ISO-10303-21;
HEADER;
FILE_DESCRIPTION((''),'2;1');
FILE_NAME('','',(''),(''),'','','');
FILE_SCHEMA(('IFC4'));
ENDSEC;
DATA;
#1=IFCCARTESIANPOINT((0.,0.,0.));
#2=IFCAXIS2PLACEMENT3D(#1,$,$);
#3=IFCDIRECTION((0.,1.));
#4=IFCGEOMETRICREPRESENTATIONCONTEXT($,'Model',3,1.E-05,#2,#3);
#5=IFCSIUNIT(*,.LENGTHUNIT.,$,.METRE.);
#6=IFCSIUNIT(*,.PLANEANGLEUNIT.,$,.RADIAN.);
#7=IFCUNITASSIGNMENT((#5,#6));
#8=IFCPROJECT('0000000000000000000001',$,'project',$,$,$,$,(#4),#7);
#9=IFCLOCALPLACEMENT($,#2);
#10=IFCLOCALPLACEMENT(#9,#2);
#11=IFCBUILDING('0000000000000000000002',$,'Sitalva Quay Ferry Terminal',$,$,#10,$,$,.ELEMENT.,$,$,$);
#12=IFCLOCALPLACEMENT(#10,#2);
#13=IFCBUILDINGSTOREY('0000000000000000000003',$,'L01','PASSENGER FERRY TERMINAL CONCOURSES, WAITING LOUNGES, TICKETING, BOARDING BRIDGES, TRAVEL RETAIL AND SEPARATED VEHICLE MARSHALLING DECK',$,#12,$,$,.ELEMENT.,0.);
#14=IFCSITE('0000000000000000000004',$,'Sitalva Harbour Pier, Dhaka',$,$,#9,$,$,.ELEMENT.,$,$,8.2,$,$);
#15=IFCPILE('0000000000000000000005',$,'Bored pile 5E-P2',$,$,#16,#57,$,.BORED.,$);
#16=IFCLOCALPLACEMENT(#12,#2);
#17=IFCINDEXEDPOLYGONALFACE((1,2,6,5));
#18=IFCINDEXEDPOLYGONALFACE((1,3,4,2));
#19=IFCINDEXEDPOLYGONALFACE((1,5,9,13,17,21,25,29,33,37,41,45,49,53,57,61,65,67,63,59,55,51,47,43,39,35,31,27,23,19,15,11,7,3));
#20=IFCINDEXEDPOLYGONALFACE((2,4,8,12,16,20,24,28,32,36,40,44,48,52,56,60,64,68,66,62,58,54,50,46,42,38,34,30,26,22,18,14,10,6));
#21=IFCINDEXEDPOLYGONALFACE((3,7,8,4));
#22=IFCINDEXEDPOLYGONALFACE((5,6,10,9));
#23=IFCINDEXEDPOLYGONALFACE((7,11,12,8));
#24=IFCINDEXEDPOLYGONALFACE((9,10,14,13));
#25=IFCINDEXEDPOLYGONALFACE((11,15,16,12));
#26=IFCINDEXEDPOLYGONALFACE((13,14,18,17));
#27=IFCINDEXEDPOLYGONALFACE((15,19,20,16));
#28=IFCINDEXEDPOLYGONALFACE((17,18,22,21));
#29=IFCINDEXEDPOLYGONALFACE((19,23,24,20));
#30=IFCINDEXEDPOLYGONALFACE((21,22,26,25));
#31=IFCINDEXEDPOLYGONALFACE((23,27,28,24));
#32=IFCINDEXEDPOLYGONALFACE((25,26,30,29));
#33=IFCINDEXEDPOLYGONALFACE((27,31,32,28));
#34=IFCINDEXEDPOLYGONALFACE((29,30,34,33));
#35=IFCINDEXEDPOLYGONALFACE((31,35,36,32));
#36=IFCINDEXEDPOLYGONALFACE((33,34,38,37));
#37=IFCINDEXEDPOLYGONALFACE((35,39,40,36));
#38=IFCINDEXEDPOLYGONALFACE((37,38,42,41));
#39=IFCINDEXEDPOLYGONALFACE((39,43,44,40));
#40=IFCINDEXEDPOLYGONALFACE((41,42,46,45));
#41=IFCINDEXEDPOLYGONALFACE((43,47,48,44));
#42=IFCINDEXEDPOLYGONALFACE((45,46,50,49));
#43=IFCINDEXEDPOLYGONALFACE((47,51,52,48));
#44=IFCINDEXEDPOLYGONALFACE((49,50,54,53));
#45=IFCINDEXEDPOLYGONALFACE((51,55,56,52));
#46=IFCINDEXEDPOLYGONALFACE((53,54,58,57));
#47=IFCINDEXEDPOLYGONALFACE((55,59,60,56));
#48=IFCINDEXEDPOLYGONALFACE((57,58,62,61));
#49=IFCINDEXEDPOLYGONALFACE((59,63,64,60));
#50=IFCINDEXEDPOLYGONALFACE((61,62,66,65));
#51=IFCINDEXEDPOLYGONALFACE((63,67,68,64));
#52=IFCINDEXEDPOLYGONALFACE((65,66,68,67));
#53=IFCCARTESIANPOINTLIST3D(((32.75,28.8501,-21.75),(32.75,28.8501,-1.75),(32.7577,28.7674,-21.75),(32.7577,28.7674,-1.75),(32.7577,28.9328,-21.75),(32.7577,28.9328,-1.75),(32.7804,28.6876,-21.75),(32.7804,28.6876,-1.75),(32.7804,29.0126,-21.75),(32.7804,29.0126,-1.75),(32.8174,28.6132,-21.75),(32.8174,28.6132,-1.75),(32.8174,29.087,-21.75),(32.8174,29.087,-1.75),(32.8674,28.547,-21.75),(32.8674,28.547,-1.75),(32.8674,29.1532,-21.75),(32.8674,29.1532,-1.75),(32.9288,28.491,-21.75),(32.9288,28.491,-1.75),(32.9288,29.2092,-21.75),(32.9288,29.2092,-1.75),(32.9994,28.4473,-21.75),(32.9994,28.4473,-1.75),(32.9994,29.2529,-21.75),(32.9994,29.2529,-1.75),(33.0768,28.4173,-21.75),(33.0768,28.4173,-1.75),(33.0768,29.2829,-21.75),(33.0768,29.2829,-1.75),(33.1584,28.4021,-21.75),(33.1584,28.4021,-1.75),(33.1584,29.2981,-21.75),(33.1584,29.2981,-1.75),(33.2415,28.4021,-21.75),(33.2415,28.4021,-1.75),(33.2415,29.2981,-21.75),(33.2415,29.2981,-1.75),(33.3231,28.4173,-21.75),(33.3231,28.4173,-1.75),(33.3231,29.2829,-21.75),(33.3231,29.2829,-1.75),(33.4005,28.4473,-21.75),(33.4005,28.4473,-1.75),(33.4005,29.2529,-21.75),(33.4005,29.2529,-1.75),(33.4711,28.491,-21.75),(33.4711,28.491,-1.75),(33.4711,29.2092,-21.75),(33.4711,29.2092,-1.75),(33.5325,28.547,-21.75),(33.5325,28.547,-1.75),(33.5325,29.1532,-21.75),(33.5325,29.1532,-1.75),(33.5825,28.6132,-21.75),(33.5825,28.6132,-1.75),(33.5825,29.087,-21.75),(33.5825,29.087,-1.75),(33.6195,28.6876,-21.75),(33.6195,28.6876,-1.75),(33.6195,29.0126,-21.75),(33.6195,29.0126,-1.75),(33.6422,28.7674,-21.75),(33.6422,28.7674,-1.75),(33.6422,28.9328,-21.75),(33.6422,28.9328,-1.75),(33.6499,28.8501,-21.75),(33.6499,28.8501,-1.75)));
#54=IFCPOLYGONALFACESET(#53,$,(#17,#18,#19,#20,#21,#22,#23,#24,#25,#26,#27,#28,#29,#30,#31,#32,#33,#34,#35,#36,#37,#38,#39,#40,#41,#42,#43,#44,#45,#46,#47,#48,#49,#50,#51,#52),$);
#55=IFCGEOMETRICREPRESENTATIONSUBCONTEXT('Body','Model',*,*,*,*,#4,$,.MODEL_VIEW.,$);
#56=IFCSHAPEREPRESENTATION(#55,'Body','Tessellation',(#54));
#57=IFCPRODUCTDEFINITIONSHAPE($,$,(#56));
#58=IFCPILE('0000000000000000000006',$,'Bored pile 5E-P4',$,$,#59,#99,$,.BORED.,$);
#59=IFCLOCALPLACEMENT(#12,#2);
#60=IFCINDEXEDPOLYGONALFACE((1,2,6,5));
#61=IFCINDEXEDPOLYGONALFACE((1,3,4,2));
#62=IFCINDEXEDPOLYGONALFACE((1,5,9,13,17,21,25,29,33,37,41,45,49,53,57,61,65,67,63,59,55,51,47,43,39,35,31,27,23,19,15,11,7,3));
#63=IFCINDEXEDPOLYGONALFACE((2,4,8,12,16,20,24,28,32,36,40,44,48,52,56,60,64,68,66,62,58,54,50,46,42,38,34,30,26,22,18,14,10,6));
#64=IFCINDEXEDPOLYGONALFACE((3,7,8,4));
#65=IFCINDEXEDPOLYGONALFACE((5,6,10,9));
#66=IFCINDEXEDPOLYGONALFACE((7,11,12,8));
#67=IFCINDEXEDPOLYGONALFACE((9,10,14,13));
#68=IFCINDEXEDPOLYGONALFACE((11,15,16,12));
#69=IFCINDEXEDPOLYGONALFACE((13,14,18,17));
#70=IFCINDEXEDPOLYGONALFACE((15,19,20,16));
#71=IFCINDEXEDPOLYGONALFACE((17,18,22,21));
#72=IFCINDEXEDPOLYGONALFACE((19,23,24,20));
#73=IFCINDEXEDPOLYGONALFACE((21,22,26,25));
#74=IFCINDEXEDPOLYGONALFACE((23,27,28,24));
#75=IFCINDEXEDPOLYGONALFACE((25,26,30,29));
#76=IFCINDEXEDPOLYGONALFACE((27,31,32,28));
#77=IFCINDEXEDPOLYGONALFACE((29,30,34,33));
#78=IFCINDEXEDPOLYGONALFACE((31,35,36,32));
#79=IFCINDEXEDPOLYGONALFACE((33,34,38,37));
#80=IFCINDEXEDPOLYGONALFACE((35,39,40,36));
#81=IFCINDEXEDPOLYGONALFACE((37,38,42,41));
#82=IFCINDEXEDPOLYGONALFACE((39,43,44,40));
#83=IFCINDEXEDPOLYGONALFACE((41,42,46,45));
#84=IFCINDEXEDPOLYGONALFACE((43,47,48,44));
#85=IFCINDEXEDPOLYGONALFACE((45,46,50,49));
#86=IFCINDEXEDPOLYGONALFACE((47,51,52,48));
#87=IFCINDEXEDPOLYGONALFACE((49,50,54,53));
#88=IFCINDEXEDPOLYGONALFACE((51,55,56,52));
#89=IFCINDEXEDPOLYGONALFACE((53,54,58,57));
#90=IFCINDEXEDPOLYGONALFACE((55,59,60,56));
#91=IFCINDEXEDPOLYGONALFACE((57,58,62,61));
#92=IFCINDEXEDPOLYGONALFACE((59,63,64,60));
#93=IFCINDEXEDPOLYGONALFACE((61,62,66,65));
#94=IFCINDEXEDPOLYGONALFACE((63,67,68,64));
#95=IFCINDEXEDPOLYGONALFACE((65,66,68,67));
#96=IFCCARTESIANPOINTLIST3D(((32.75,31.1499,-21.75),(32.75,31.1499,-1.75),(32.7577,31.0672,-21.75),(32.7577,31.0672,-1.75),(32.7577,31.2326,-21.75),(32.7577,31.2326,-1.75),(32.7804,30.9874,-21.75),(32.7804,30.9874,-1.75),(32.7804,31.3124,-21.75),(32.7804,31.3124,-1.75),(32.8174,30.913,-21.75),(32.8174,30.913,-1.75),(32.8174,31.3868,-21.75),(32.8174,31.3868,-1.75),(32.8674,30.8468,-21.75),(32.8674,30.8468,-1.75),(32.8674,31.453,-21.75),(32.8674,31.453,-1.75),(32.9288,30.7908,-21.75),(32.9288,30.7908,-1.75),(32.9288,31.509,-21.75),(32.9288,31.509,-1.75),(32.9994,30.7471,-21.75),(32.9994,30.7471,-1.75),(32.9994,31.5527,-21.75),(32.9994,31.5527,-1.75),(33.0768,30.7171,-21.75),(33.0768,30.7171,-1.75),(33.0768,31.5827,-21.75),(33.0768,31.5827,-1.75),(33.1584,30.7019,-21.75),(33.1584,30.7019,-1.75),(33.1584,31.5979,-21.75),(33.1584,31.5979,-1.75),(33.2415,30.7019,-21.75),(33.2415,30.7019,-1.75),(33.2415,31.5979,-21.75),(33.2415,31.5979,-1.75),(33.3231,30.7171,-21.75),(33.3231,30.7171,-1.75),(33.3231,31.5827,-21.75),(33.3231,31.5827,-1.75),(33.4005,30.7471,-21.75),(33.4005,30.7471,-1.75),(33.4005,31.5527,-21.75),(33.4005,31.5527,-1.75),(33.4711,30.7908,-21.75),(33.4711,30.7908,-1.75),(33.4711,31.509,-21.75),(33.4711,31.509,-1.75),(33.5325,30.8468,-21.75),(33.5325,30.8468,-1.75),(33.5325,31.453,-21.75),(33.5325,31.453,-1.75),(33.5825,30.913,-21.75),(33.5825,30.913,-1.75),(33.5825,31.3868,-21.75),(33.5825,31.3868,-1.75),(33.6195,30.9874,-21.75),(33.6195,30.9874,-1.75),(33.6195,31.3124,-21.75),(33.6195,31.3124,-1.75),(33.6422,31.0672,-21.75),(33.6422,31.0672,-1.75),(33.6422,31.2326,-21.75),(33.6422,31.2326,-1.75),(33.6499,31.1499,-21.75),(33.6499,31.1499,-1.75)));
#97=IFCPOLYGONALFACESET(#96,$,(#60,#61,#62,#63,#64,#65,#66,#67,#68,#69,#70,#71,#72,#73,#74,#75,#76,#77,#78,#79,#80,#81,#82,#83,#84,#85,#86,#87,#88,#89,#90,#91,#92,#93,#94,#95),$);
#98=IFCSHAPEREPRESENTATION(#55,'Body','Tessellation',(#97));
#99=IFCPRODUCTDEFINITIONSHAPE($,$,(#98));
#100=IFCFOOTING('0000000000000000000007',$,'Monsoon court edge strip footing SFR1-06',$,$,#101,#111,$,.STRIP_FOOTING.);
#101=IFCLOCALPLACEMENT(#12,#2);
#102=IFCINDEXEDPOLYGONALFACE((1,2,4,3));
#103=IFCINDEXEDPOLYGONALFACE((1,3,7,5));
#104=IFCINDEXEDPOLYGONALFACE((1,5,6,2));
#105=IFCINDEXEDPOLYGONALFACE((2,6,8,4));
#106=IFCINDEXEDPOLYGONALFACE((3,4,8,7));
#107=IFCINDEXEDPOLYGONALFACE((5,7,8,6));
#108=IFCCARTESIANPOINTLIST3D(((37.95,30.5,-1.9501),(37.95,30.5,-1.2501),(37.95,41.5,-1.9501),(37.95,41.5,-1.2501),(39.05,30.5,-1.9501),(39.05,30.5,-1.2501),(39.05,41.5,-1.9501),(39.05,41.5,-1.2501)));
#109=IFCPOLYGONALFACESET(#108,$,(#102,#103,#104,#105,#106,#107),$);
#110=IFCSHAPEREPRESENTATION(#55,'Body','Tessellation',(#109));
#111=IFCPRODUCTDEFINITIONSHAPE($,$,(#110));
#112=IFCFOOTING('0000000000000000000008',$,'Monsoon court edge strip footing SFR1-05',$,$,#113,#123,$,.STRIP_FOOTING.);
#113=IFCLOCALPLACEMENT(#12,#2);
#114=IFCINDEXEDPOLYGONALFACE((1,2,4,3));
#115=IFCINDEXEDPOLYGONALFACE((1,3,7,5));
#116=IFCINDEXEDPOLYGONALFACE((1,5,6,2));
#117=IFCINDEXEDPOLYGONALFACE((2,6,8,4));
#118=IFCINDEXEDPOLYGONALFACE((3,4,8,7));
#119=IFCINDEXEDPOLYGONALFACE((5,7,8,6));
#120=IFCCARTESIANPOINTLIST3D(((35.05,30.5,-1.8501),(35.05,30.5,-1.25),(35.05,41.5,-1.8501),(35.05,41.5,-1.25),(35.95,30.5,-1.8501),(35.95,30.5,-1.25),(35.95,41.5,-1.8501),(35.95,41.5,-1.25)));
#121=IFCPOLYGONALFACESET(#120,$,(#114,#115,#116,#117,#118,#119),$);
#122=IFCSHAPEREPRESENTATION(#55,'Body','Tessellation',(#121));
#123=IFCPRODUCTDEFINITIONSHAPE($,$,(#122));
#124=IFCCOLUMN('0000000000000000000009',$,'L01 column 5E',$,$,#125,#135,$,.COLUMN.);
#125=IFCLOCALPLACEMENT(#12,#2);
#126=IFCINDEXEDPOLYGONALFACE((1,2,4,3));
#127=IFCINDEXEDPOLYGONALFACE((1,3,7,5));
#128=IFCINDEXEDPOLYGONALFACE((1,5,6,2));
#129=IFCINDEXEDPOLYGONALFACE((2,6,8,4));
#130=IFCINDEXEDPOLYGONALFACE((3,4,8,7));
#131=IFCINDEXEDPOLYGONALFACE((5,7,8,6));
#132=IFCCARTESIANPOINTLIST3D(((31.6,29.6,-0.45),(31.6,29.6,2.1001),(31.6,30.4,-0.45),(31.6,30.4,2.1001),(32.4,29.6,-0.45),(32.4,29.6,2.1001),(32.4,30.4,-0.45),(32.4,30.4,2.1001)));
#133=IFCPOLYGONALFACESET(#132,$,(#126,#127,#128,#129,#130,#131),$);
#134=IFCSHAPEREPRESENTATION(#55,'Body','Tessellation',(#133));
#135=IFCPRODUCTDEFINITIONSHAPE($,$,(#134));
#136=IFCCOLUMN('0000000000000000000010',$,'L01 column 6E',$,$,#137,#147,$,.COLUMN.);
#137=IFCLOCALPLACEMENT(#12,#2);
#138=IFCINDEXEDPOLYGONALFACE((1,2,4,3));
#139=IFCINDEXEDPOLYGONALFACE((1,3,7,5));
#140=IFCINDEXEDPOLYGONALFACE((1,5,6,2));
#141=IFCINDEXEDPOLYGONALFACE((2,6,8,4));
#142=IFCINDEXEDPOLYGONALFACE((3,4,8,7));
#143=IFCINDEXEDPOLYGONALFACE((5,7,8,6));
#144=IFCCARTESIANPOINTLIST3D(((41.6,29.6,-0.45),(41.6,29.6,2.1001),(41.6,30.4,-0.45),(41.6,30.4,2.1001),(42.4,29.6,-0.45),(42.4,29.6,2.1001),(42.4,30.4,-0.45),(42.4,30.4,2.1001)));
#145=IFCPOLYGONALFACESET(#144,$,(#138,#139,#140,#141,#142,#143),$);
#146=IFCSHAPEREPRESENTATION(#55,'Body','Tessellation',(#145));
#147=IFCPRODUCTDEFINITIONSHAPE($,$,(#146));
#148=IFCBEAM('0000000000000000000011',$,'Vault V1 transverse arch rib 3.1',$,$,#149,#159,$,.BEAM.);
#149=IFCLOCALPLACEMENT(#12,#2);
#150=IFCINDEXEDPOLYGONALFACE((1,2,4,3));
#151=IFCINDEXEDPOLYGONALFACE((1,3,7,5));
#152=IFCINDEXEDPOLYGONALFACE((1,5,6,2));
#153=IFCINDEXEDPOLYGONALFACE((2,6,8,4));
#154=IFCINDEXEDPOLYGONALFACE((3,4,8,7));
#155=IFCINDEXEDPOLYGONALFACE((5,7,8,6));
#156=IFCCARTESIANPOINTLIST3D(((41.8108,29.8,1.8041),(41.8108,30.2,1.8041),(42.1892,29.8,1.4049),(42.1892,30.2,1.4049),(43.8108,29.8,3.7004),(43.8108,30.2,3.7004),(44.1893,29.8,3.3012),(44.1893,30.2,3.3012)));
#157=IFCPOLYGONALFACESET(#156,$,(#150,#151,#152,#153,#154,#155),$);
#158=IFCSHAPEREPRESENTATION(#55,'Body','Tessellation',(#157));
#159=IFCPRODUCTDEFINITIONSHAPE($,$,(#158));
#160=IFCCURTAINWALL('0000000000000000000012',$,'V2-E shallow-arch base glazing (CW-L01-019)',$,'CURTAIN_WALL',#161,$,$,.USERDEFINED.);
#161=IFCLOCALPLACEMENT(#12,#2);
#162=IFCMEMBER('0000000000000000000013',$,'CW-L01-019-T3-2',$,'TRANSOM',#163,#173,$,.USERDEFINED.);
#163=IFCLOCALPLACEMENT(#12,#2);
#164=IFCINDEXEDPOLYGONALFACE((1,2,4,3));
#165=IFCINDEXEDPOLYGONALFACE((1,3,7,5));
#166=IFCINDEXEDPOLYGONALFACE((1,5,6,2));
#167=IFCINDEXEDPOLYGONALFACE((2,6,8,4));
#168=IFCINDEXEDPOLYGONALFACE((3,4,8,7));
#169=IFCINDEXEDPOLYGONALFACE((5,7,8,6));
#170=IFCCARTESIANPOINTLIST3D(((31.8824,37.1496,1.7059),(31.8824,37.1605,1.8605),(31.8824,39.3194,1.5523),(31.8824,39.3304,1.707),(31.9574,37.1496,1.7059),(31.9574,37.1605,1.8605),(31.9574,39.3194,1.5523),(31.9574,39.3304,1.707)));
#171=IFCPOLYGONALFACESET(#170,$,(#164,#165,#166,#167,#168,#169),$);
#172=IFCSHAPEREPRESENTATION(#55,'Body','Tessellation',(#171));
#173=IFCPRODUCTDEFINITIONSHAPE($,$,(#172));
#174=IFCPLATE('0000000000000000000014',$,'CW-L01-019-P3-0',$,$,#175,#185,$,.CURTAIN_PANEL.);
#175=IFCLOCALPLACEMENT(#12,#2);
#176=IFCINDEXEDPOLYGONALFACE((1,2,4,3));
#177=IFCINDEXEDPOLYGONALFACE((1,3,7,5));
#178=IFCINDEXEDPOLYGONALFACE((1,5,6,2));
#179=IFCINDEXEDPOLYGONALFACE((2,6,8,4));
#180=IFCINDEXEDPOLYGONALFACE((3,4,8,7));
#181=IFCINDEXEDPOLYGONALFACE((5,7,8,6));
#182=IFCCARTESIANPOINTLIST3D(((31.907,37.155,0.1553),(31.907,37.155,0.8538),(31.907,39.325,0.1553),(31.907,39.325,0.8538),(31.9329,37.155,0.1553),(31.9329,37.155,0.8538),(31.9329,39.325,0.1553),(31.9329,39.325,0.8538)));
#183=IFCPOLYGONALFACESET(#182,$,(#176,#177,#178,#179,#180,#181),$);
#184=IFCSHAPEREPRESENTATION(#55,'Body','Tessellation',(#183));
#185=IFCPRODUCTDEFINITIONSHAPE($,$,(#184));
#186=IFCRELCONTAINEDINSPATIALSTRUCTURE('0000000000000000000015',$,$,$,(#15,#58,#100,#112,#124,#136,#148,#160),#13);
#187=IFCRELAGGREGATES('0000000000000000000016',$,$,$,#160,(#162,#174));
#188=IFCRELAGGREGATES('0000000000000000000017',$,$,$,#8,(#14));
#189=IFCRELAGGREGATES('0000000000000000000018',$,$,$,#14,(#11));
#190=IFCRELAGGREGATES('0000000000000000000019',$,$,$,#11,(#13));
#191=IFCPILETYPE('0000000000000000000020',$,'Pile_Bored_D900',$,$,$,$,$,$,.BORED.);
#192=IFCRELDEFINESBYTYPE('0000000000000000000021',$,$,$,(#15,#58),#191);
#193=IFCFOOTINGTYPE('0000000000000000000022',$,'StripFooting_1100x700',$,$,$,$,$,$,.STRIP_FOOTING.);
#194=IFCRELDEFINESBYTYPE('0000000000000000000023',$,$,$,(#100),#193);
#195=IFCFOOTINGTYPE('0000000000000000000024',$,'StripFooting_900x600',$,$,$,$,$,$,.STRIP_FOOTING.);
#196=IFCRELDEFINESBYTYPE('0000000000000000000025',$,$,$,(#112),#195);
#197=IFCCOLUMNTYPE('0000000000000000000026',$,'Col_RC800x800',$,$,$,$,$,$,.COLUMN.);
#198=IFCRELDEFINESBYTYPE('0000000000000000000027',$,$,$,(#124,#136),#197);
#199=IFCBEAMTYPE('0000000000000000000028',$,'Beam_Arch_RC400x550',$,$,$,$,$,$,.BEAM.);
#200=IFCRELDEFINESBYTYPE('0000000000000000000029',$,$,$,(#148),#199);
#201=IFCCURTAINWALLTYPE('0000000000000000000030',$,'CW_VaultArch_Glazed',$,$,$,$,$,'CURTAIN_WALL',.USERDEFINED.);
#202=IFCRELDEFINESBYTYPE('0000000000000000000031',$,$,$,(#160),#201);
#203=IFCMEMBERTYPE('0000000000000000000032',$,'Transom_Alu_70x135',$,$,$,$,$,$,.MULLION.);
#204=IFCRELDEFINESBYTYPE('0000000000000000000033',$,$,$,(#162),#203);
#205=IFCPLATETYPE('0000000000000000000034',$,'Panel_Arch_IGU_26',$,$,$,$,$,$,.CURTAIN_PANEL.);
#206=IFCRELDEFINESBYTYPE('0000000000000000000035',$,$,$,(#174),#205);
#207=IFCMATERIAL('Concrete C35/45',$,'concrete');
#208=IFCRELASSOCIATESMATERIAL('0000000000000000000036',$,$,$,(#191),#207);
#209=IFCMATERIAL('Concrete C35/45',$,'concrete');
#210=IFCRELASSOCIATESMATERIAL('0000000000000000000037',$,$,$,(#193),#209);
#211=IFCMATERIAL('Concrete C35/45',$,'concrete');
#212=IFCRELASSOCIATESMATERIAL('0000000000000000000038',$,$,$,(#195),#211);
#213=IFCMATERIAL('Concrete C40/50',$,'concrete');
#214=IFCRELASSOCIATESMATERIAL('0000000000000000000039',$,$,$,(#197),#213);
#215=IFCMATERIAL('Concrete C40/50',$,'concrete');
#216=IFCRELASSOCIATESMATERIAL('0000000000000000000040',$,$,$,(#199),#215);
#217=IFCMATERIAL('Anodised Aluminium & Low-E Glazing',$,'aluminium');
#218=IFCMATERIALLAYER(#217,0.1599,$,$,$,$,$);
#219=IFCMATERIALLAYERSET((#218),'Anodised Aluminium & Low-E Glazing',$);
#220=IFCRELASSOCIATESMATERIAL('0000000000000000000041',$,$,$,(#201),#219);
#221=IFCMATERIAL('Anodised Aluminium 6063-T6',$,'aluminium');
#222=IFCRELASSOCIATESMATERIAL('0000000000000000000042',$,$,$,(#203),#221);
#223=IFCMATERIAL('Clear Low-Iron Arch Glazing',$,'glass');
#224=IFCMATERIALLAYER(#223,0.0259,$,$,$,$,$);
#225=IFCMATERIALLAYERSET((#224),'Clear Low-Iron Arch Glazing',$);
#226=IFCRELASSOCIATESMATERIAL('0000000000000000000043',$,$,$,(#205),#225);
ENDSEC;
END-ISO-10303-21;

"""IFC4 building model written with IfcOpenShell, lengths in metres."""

from ifc_helpers import new_model, si_unit, direction, frame, origin, origin_2d, place, context, subcontext, project, spatial, rectangle, circle, extrude, material, layer, layer_set, material_profile, profile_set, type_object, element, aggregate, save


model = new_model("IFC4")

# Units and contexts
model_context = context("Model", 3, precision=1e-05, world=origin(), true_north=direction((0.0, 1.0)))
body_context = subcontext(model_context, "Body", "Model", "MODEL_VIEW")
ifc_project = project(units=[si_unit("LENGTHUNIT", "METRE"), si_unit("PLANEANGLEUNIT", "RADIAN")], contexts=[model_context])

# Site, building, storey
site_placement = place(None, origin())
site = spatial("IfcSite", under=ifc_project, at=site_placement, Name="Sitalva Harbour Pier, Dhaka", CompositionType="ELEMENT", RefElevation=8.2)
building_placement = place(site_placement, origin())
building = spatial("IfcBuilding", under=site, at=building_placement, Name="Sitalva Quay Ferry Terminal", CompositionType="ELEMENT")
storey_placement = place(building_placement, origin())
storey = spatial("IfcBuildingStorey", under=building, at=storey_placement, Name="L01", Description="PASSENGER FERRY TERMINAL CONCOURSES, WAITING LOUNGES, TICKETING, BOARDING BRIDGES, TRAVEL RETAIL AND SEPARATED VEHICLE MARSHALLING DECK", CompositionType="ELEMENT", Elevation=0.0)

# Piles
ifc_material_1 = material(Name="Concrete C35/45", Category="concrete")
ifc_material_profile_1 = material_profile(ifc_material_1, circle(Radius=0.45, at=origin_2d()), Name="PILE-D900")
ifc_profile_set_1 = profile_set([ifc_material_profile_1], Name="Concrete C35/45")
pile_type_1 = type_object("IfcPileType", Name="Pile_Bored_D900", PredefinedType="BORED", material=ifc_profile_set_1)
for number, where, z_axis, x_axis, name in (
    (1, (33.2, 28.8501, -1.75), (0.0, 0.0, -1.0), (1.0, 0.0, 0.0), "Bored pile 5E-P2"),
    (2, (33.2, 31.1499, -1.75), (0.0, 0.0, -1.0), (1.0, 0.0, 0.0), "Bored pile 5E-P4"),
):
    element("IfcPile", number, at=place(storey_placement, frame(where, z_axis=z_axis, x_axis=x_axis)), inside=storey, type_object=pile_type_1, Name=name, PredefinedType="BORED", context=body_context, shape_type="SweptSolid", body=[
        extrude(circle(Radius=0.45, at=origin_2d()), origin(), (0.0, 0.0, 1.0), 20.0),
    ])

# Footings
ifc_material_2 = material(Name="Concrete C35/45", Category="concrete")
ifc_material_profile_2 = material_profile(ifc_material_2, rectangle(XDim=1.1001, YDim=0.7, at=origin_2d()), Name="RC1100x700")
ifc_profile_set_2 = profile_set([ifc_material_profile_2], Name="Concrete C35/45")
footing_type_1 = type_object("IfcFootingType", Name="StripFooting_1100x700", PredefinedType="STRIP_FOOTING", material=ifc_profile_set_2)
footing_1_placement = place(storey_placement, frame((38.5, 30.5, -1.6001), z_axis=(0.0, 1.0, 0.0), x_axis=(-1.0, 0.0, 0.0)))
element("IfcFooting", 3, at=footing_1_placement, inside=storey, type_object=footing_type_1, Name="Monsoon court edge strip footing SFR1-06", PredefinedType="STRIP_FOOTING", context=body_context, shape_type="SweptSolid", body=[
    extrude(rectangle(XDim=1.1001, YDim=0.7, at=origin_2d()), origin(), (0.0, 0.0, 1.0), 11.0),
])
ifc_material_3 = material(Name="Concrete C35/45", Category="concrete")
ifc_material_profile_3 = material_profile(ifc_material_3, rectangle(XDim=0.8999, YDim=0.6001, at=origin_2d()), Name="RC900x600")
ifc_profile_set_3 = profile_set([ifc_material_profile_3], Name="Concrete C35/45")
footing_type_2 = type_object("IfcFootingType", Name="StripFooting_900x600", PredefinedType="STRIP_FOOTING", material=ifc_profile_set_3)
footing_2_placement = place(storey_placement, frame((35.5, 30.5, -1.55), z_axis=(0.0, 1.0, 0.0), x_axis=(-1.0, 0.0, 0.0)))
element("IfcFooting", 4, at=footing_2_placement, inside=storey, type_object=footing_type_2, Name="Monsoon court edge strip footing SFR1-05", PredefinedType="STRIP_FOOTING", context=body_context, shape_type="SweptSolid", body=[
    extrude(rectangle(XDim=0.8999, YDim=0.6001, at=origin_2d()), origin(), (0.0, 0.0, 1.0), 11.0),
])

# Columns
ifc_material_4 = material(Name="Concrete C40/50", Category="concrete")
ifc_material_profile_4 = material_profile(ifc_material_4, rectangle(XDim=0.8, YDim=0.8, at=origin_2d()), Name="RC800x800")
ifc_profile_set_4 = profile_set([ifc_material_profile_4], Name="Concrete C40/50")
column_type = type_object("IfcColumnType", Name="Col_RC800x800", PredefinedType="COLUMN", material=ifc_profile_set_4)
for number, where, z_axis, x_axis, name in (
    (5, (32.0, 30.0, -0.45), (0.0, 0.0, 1.0), (1.0, 0.0, 0.0), "L01 column 5E"),
    (6, (42.0, 30.0, -0.45), (0.0, 0.0, 1.0), (1.0, 0.0, 0.0), "L01 column 6E"),
):
    element("IfcColumn", number, at=place(storey_placement, frame(where, z_axis=z_axis, x_axis=x_axis)), inside=storey, type_object=column_type, Name=name, PredefinedType="COLUMN", context=body_context, shape_type="SweptSolid", body=[
        extrude(rectangle(XDim=0.8, YDim=0.8, at=origin_2d()), origin(), (0.0, 0.0, 1.0), 2.55),
    ])

# Beam
ifc_material_5 = material(Name="Concrete C40/50", Category="concrete")
ifc_material_profile_5 = material_profile(ifc_material_5, rectangle(XDim=0.3999, YDim=0.55, at=origin_2d()), Name="RC400x550")
ifc_profile_set_5 = profile_set([ifc_material_profile_5], Name="Concrete C40/50")
beam_type = type_object("IfcBeamType", Name="Beam_Arch_RC400x550", PredefinedType="BEAM", material=ifc_profile_set_5)
beam_placement = place(storey_placement, frame((42.0, 30.0, 1.6045), z_axis=(0.72568, 0.0, 0.688032), x_axis=(0.0, 1.0, 0.0)))
element("IfcBeam", 7, at=beam_placement, inside=storey, type_object=beam_type, Name="Vault V1 transverse arch rib 3.1", PredefinedType="BEAM", context=body_context, shape_type="SweptSolid", body=[
    extrude(rectangle(XDim=0.3999, YDim=0.55, at=origin_2d()), origin(), (0.0, 0.0, 1.0), 2.7561),
])

# Curtain wall, member, plate
ifc_material_6 = material(Name="Anodised Aluminium & Low-E Glazing", Category="aluminium")
ifc_layer_1 = layer(ifc_material_6, 0.1599)
ifc_layer_set_1 = layer_set([ifc_layer_1], Name="Anodised Aluminium & Low-E Glazing")
curtain_wall_type = type_object("IfcCurtainWallType", Name="CW_VaultArch_Glazed", ElementType="CURTAIN_WALL", PredefinedType="USERDEFINED", material=ifc_layer_set_1)
curtain_wall_placement = place(storey_placement, origin())
curtain_wall = element("IfcCurtainWall", 8, at=curtain_wall_placement, inside=storey, type_object=curtain_wall_type, Name="V2-E shallow-arch base glazing (CW-L01-019)", ObjectType="CURTAIN_WALL", PredefinedType="USERDEFINED")
ifc_material_7 = material(Name="Anodised Aluminium 6063-T6", Category="aluminium")
ifc_material_profile_6 = material_profile(ifc_material_7, rectangle(XDim=0.075, YDim=0.155, at=origin_2d()), Name="ALU75x155")
ifc_profile_set_6 = profile_set([ifc_material_profile_6], Name="Anodised Aluminium 6063-T6")
member_type = type_object("IfcMemberType", Name="Transom_Alu_70x135", PredefinedType="MULLION", material=ifc_profile_set_6)
member_placement = place(storey_placement, frame((31.9199, 37.155, 1.7832), z_axis=(0.0, 0.997505, -0.070593), x_axis=(-1.0, 0.0, 0.0)))
member = element("IfcMember", 9, at=member_placement, type_object=member_type, Name="CW-L01-019-T3-2", ObjectType="TRANSOM", PredefinedType="USERDEFINED", context=body_context, shape_type="SweptSolid", body=[
    extrude(rectangle(XDim=0.075, YDim=0.155, at=origin_2d()), origin(), (0.0, 0.0, 1.0), 2.1753),
])
ifc_material_8 = material(Name="Clear Low-Iron Arch Glazing", Category="glass")
ifc_layer_2 = layer(ifc_material_8, 0.0259)
ifc_layer_set_2 = layer_set([ifc_layer_2], Name="Clear Low-Iron Arch Glazing")
plate_type = type_object("IfcPlateType", Name="Panel_Arch_IGU_26", PredefinedType="CURTAIN_PANEL", material=ifc_layer_set_2)
plate_1_placement = place(storey_placement, frame((31.9199, 38.24, 0.1553), z_axis=(0.0, 0.0, 1.0), x_axis=(0.0, 1.0, 0.0)))
plate_1 = element("IfcPlate", 10, at=plate_1_placement, type_object=plate_type, Name="CW-L01-019-P3-0", PredefinedType="CURTAIN_PANEL", context=body_context, shape_type="SweptSolid", body=[
    extrude(rectangle(XDim=2.1699, YDim=0.0259, at=origin_2d()), origin(), (0.0, 0.0, 1.0), 0.6985),
])
aggregate(curtain_wall, [member, plate_1])

save(model, "model.ifc")
